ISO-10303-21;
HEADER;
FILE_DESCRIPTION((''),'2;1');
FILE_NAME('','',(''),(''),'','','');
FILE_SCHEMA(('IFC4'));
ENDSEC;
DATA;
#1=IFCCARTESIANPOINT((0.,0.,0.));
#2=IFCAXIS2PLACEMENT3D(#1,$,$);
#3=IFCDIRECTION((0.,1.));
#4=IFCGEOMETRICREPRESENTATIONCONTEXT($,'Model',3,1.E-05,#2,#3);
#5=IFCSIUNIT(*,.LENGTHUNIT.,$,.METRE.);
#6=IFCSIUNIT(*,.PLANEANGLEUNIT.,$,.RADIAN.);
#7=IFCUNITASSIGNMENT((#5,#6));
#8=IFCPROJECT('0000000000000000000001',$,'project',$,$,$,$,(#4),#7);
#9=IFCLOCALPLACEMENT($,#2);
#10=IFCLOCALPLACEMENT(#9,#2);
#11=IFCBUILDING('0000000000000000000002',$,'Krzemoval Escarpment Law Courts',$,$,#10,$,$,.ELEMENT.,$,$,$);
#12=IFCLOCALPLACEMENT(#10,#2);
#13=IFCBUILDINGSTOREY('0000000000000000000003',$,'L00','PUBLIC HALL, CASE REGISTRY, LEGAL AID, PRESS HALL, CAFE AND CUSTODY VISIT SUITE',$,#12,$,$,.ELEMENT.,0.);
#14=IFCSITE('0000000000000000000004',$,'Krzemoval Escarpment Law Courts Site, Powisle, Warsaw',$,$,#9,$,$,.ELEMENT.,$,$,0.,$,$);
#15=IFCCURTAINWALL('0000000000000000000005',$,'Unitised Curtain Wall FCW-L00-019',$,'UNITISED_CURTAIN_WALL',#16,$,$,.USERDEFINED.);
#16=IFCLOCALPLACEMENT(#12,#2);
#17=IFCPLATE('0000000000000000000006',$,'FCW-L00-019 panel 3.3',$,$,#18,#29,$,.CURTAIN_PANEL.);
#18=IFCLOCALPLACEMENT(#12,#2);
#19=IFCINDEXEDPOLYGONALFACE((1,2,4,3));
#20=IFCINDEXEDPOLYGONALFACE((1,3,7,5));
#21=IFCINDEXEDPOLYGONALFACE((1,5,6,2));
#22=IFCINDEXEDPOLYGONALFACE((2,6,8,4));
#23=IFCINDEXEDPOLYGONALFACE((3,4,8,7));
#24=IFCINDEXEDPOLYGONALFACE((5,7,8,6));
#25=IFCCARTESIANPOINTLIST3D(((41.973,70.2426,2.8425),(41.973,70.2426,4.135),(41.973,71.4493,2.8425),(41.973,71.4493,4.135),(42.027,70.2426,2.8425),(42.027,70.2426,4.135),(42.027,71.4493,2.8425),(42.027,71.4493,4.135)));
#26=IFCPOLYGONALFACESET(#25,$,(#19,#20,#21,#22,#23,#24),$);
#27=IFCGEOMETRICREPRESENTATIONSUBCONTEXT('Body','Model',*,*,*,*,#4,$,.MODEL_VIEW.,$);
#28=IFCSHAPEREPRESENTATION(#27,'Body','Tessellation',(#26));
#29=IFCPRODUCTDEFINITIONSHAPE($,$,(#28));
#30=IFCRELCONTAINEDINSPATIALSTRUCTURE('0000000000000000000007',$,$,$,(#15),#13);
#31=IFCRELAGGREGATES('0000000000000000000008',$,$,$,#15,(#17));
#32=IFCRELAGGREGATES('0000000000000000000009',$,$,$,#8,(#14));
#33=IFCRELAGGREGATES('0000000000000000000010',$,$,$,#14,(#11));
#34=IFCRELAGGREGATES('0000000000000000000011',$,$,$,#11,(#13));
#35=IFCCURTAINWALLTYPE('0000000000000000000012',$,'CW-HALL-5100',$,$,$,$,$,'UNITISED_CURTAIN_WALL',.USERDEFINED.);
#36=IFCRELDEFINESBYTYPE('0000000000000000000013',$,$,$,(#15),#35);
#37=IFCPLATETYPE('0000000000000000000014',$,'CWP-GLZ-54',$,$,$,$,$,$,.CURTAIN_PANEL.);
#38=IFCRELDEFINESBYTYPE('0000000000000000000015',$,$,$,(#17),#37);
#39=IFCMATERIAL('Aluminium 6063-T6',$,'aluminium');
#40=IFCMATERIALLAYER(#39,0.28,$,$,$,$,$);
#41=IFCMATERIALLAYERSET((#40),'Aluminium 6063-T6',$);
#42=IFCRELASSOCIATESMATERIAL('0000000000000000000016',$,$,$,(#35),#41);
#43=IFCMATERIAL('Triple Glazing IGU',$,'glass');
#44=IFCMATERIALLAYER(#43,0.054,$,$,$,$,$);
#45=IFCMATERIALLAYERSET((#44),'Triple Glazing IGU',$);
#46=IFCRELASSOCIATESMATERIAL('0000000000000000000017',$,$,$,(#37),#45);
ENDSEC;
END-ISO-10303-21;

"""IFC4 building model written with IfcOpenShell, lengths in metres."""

from ifc_helpers import new_model, si_unit, direction, frame, origin, origin_2d, place, context, subcontext, project, spatial, rectangle, extrude, material, layer, layer_set, type_object, element, aggregate, save


model = new_model("IFC4")

# Units and contexts
model_context = context("Model", 3, precision=1e-05, world=origin(), true_north=direction((0.0, 1.0)))
body_context = subcontext(model_context, "Body", "Model", "MODEL_VIEW")
ifc_project = project(units=[si_unit("LENGTHUNIT", "METRE"), si_unit("PLANEANGLEUNIT", "RADIAN")], contexts=[model_context])

# Site, building, storey
site_placement = place(None, origin())
site = spatial("IfcSite", under=ifc_project, at=site_placement, Name="Krzemoval Escarpment Law Courts Site, Powisle, Warsaw", CompositionType="ELEMENT", RefElevation=0.0)
building_placement = place(site_placement, origin())
building = spatial("IfcBuilding", under=site, at=building_placement, Name="Krzemoval Escarpment Law Courts", CompositionType="ELEMENT")
storey_placement = place(building_placement, origin())
storey = spatial("IfcBuildingStorey", under=building, at=storey_placement, Name="L00", Description="PUBLIC HALL, CASE REGISTRY, LEGAL AID, PRESS HALL, CAFE AND CUSTODY VISIT SUITE", CompositionType="ELEMENT", Elevation=0.0)

# Curtain wall
ifc_material_1 = material(Name="Aluminium 6063-T6", Category="aluminium")
ifc_layer_1 = layer(ifc_material_1, 0.28)
ifc_layer_set_1 = layer_set([ifc_layer_1], Name="Aluminium 6063-T6")
curtain_wall_type = type_object("IfcCurtainWallType", Name="CW-HALL-5100", ElementType="UNITISED_CURTAIN_WALL", PredefinedType="USERDEFINED", material=ifc_layer_set_1)
curtain_wall_placement = place(storey_placement, origin())
curtain_wall = element("IfcCurtainWall", 1, at=curtain_wall_placement, inside=storey, type_object=curtain_wall_type, Name="Unitised Curtain Wall FCW-L00-019", ObjectType="UNITISED_CURTAIN_WALL", PredefinedType="USERDEFINED")

# Plate
ifc_material_2 = material(Name="Triple Glazing IGU", Category="glass")
ifc_layer_2 = layer(ifc_material_2, 0.054)
ifc_layer_set_2 = layer_set([ifc_layer_2], Name="Triple Glazing IGU")
plate_type = type_object("IfcPlateType", Name="CWP-GLZ-54", PredefinedType="CURTAIN_PANEL", material=ifc_layer_set_2)
plate_1_placement = place(storey_placement, frame((42.0, 70.8459, 2.8425), z_axis=(0.0, 0.0, 1.0), x_axis=(0.0, -1.0, 0.0)))
plate_1 = element("IfcPlate", 2, at=plate_1_placement, type_object=plate_type, Name="FCW-L00-019 panel 3.3", PredefinedType="CURTAIN_PANEL", context=body_context, shape_type="SweptSolid", body=[
    extrude(rectangle(XDim=1.2068, YDim=0.054, at=origin_2d()), origin(), (0.0, 0.0, 1.0), 1.2925),
])
aggregate(curtain_wall, [plate_1])

save(model, "model.ifc")
